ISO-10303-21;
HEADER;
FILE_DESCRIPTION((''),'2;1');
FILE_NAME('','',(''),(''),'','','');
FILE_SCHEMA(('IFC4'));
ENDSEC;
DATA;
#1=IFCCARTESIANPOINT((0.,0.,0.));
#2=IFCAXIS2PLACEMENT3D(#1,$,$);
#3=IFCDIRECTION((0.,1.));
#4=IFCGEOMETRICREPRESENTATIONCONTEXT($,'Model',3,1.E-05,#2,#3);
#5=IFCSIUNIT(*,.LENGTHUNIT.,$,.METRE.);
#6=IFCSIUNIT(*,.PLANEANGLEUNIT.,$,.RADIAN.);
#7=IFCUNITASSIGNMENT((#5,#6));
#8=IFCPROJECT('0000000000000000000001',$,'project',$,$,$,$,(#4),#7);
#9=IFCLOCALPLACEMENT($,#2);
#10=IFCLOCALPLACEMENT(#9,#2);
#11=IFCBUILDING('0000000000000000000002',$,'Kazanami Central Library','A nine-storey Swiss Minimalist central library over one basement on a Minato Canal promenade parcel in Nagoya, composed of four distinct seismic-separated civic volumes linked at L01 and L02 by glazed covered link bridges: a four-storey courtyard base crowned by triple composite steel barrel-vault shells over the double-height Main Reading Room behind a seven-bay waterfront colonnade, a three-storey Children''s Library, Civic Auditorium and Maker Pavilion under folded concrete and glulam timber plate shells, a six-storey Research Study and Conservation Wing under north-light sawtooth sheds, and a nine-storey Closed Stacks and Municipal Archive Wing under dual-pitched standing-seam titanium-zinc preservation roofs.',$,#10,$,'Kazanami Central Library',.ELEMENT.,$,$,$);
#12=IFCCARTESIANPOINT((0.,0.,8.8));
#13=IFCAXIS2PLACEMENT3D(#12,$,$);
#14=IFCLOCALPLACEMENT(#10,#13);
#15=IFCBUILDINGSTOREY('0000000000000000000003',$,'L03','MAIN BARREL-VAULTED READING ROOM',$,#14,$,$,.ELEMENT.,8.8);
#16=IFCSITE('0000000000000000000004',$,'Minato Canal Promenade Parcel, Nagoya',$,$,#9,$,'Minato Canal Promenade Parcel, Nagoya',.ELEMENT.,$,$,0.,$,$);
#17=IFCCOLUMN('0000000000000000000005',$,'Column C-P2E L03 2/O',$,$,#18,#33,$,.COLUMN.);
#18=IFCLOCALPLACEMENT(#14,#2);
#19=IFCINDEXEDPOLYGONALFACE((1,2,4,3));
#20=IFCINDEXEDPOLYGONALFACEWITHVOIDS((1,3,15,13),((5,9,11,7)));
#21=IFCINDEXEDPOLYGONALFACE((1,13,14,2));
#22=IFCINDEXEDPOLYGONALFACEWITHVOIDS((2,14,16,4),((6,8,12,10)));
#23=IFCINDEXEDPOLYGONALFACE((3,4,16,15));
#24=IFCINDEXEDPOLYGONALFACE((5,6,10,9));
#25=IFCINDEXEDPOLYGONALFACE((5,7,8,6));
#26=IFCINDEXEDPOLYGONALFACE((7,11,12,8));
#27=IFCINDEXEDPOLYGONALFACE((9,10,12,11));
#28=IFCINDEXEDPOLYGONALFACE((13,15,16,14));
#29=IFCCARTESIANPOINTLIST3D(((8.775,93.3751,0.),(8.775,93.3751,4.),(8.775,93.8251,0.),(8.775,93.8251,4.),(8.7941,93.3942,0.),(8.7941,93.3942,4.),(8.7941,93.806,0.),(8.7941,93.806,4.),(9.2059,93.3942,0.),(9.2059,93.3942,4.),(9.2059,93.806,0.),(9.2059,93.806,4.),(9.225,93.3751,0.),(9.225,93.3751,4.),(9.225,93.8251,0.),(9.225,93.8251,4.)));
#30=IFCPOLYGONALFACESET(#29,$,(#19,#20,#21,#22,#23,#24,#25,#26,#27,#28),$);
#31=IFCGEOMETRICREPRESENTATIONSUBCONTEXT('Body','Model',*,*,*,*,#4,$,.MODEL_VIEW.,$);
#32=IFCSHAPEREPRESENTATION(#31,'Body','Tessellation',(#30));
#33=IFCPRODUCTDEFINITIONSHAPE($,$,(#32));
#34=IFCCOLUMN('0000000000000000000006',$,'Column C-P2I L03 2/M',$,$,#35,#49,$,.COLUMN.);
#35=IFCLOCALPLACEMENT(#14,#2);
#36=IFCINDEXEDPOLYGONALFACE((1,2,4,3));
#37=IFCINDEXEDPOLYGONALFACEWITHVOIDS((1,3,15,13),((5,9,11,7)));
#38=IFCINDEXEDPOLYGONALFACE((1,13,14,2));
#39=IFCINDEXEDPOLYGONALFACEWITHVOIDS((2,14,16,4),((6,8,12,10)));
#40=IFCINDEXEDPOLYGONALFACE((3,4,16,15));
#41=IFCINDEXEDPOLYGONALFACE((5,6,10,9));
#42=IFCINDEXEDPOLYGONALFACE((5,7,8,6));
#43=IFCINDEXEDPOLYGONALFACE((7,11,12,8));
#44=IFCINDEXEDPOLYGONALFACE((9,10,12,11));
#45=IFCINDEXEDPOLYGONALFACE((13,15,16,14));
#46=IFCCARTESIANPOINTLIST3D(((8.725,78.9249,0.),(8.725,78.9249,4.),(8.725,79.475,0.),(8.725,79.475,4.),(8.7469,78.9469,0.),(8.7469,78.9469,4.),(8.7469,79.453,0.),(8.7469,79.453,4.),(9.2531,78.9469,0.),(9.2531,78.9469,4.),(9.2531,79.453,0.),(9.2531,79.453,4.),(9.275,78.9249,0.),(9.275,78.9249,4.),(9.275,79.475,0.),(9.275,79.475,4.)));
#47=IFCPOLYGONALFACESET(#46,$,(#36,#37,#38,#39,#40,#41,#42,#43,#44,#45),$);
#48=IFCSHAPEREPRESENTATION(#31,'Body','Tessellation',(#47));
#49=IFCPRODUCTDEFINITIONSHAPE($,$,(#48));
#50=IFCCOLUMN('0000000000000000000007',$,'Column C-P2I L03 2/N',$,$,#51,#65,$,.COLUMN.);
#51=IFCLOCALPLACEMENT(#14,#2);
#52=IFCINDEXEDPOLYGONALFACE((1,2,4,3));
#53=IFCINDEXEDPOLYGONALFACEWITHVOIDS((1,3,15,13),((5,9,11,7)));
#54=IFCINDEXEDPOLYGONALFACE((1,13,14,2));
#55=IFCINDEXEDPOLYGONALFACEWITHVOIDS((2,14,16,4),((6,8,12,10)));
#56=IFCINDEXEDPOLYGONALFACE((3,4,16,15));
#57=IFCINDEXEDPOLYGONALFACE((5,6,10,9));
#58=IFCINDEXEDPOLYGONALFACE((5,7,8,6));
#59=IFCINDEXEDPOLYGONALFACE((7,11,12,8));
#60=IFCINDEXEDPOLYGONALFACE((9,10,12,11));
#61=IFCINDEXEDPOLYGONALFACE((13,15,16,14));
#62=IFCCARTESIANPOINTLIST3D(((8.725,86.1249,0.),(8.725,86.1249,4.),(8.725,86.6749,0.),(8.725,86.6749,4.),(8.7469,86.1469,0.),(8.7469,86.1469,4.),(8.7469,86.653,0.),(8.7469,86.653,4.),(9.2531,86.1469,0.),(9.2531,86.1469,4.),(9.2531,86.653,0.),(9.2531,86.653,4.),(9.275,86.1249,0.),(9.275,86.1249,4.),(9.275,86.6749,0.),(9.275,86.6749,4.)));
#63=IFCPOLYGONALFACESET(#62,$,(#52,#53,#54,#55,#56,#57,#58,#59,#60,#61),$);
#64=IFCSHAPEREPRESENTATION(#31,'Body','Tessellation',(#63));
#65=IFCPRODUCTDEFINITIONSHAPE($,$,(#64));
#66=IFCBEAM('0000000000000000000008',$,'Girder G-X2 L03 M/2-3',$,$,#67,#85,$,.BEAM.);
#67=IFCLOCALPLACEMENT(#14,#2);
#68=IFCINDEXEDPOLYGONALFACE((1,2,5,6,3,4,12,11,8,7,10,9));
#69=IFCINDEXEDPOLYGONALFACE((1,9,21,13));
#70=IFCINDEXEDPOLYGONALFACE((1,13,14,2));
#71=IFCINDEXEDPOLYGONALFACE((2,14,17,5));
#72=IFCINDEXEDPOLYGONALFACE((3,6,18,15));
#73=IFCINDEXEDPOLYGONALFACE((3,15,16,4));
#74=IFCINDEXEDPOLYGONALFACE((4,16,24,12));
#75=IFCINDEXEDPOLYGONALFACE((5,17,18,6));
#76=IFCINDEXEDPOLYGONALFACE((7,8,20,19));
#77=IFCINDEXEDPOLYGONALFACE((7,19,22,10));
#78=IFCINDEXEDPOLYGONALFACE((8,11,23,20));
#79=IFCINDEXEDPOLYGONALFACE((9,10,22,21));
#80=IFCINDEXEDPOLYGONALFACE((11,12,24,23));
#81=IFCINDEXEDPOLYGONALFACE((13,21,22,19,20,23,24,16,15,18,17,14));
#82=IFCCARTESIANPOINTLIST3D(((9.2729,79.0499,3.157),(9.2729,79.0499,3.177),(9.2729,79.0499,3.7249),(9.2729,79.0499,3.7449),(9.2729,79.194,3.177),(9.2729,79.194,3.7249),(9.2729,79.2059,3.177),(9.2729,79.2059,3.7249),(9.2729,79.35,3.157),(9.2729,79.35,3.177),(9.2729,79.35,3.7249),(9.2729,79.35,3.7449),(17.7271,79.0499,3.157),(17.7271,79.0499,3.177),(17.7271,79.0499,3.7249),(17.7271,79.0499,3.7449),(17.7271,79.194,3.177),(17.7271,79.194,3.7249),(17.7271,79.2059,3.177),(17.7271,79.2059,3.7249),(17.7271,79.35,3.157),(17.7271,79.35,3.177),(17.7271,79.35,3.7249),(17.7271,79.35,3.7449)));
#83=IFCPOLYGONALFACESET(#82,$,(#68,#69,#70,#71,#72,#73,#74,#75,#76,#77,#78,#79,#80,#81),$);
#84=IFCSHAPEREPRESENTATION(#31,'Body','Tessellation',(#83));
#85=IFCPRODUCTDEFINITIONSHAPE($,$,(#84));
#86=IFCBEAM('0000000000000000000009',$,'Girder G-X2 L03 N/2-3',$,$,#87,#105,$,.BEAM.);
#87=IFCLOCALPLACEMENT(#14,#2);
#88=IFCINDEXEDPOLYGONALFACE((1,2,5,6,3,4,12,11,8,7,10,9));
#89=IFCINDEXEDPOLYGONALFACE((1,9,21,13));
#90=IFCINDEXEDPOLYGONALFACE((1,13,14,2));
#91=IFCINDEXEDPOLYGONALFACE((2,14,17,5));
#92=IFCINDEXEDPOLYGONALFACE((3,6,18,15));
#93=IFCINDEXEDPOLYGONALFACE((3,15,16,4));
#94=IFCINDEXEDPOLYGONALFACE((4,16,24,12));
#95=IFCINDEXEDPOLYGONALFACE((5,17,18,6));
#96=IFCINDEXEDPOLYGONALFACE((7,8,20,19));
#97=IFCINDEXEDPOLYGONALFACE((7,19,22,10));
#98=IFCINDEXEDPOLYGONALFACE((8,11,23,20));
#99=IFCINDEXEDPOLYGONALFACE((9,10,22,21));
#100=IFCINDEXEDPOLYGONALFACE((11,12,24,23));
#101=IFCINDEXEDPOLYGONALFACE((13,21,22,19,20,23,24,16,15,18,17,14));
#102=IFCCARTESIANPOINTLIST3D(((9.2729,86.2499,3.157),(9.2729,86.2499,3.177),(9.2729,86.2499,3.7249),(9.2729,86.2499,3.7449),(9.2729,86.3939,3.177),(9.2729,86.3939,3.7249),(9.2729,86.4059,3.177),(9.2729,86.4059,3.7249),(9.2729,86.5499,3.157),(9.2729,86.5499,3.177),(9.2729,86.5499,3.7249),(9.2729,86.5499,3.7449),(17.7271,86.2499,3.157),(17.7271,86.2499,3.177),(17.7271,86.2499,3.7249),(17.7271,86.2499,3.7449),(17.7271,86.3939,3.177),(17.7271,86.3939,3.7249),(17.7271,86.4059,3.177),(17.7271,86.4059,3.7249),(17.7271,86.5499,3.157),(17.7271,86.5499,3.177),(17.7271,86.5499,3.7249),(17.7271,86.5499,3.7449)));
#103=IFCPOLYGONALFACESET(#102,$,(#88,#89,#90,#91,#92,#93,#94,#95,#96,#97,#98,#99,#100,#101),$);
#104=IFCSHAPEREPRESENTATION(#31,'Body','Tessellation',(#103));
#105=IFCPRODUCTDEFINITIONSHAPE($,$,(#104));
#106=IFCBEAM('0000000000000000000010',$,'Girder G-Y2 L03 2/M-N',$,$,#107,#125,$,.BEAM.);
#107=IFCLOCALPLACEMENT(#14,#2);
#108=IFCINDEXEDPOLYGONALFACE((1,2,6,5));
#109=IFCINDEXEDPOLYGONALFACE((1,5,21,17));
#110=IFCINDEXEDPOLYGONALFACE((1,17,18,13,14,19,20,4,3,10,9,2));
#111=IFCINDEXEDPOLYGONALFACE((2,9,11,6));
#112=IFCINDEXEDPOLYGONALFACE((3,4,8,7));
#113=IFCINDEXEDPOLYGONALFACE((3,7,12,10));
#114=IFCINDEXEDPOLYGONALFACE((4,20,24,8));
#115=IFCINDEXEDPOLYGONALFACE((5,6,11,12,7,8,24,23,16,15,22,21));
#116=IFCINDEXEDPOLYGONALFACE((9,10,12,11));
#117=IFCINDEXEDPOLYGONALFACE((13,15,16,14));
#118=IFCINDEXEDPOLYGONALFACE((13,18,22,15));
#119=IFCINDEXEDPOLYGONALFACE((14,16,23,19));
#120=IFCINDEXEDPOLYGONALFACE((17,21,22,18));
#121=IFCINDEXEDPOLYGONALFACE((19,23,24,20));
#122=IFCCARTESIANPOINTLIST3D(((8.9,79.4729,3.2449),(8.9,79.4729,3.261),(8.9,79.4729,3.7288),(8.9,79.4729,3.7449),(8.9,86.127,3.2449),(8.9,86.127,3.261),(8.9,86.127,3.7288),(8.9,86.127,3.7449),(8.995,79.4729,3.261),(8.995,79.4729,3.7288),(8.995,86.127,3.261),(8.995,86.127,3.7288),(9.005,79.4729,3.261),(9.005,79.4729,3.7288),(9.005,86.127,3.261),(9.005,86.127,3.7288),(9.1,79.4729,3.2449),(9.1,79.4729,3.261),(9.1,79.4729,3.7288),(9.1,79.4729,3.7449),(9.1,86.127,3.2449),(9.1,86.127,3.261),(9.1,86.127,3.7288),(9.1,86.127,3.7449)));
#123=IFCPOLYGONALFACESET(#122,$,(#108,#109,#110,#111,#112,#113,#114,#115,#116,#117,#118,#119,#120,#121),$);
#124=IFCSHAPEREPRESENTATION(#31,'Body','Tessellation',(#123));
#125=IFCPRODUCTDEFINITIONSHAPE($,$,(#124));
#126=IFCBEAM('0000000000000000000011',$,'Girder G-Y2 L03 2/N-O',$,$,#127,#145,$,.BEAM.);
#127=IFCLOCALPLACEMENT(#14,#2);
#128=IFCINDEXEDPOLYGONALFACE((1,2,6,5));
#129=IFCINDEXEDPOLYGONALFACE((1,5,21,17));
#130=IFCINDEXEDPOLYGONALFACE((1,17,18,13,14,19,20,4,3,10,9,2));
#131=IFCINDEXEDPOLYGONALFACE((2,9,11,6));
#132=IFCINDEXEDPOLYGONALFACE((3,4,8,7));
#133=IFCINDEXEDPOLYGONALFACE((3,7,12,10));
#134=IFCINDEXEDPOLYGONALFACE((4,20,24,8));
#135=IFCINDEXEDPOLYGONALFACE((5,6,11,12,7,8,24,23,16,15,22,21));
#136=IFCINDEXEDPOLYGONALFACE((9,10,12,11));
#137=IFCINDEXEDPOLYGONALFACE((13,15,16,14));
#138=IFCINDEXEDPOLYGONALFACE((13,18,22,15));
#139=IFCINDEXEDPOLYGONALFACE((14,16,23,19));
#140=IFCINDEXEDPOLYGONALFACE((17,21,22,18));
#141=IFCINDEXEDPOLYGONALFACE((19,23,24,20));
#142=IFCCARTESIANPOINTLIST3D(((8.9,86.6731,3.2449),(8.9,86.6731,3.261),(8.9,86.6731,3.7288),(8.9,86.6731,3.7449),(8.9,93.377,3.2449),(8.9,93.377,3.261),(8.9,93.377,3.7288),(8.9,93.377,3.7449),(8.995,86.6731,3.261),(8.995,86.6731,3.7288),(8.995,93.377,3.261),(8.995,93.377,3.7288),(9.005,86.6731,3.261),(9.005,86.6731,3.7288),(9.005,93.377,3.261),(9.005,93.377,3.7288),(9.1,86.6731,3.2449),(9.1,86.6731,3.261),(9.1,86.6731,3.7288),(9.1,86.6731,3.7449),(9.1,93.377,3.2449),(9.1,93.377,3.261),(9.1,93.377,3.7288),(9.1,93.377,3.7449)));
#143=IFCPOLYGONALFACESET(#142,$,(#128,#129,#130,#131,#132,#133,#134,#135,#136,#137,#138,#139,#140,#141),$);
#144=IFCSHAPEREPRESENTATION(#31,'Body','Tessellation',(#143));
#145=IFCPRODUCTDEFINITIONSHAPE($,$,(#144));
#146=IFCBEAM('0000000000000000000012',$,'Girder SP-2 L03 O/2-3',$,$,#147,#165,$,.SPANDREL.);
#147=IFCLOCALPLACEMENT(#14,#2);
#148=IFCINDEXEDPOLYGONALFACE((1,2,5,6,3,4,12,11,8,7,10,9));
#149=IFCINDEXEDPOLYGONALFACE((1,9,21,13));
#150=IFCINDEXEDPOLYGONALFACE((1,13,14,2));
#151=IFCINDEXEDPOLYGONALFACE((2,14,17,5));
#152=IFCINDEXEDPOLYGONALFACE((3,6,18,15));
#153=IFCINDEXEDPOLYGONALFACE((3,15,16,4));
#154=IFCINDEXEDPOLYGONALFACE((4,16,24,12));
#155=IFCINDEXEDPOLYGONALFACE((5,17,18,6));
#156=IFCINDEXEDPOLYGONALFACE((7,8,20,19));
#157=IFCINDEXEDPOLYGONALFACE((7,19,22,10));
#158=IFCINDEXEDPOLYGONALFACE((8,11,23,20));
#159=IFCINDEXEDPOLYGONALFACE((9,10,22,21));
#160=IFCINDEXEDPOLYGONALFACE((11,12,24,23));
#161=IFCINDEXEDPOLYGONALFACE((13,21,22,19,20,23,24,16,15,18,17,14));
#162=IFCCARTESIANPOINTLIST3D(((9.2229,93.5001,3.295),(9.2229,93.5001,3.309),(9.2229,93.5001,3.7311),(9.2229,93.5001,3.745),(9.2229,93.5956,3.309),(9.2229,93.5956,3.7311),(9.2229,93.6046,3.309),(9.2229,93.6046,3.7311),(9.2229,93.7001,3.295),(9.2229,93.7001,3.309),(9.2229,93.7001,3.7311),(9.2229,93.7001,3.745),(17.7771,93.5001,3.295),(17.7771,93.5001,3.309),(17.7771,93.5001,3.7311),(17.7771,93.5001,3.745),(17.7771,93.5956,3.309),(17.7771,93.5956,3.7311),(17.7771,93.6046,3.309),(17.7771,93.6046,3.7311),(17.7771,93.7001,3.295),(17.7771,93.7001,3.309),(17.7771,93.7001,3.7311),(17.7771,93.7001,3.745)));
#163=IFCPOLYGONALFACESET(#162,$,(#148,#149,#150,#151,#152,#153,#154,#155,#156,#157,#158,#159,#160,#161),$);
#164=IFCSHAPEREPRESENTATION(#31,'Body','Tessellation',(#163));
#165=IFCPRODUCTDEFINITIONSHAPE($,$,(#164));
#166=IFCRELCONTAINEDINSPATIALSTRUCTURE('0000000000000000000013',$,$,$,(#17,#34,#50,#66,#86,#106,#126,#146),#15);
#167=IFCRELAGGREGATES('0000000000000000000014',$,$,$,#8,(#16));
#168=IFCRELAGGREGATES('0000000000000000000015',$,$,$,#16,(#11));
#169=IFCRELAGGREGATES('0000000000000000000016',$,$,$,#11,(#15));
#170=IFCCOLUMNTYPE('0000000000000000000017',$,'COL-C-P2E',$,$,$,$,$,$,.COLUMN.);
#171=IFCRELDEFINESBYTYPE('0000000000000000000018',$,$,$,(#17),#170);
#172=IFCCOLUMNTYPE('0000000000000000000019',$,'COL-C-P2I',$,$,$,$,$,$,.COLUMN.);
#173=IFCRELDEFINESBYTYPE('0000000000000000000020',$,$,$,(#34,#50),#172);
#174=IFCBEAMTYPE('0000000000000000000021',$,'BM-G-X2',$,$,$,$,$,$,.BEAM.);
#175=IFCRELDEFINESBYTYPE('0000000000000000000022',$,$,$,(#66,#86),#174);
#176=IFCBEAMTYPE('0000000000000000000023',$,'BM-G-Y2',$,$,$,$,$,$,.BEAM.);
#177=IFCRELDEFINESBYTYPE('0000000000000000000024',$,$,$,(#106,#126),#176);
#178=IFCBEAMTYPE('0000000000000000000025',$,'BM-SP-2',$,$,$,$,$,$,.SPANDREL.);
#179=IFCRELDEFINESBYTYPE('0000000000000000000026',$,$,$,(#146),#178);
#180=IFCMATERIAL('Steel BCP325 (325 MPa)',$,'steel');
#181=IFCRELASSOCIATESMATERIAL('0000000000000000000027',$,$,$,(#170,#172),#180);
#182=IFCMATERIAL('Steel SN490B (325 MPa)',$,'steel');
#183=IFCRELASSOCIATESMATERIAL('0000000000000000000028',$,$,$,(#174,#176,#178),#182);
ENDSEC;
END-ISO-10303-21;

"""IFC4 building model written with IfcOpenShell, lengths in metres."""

from ifc_helpers import new_model, si_unit, direction, frame, origin, origin_2d, place, context, subcontext, project, spatial, hollow_rectangle, i_section, extrude, material, material_profile, profile_set, type_object, element, save


model = new_model("IFC4")

# Units and contexts
model_context = context("Model", 3, precision=1e-05, world=origin(), true_north=direction((0.0, 1.0)))
body_context = subcontext(model_context, "Body", "Model", "MODEL_VIEW")
ifc_project = project(units=[si_unit("LENGTHUNIT", "METRE"), si_unit("PLANEANGLEUNIT", "RADIAN")], contexts=[model_context])

# Site, building, storey
site_placement = place(None, origin())
site = spatial("IfcSite", under=ifc_project, at=site_placement, Name="Minato Canal Promenade Parcel, Nagoya", LongName="Minato Canal Promenade Parcel, Nagoya", CompositionType="ELEMENT", RefElevation=0.0)
building_placement = place(site_placement, origin())
building = spatial("IfcBuilding", under=site, at=building_placement, Name="Kazanami Central Library", Description="A nine-storey Swiss Minimalist central library over one basement on a Minato Canal promenade parcel in Nagoya, composed of four distinct seismic-separated civic volumes linked at L01 and L02 by glazed covered link bridges: a four-storey courtyard base crowned by triple composite steel barrel-vault shells over the double-height Main Reading Room behind a seven-bay waterfront colonnade, a three-storey Children's Library, Civic Auditorium and Maker Pavilion under folded concrete and glulam timber plate shells, a six-storey Research Study and Conservation Wing under north-light sawtooth sheds, and a nine-storey Closed Stacks and Municipal Archive Wing under dual-pitched standing-seam titanium-zinc preservation roofs.", LongName="Kazanami Central Library", CompositionType="ELEMENT")
storey_placement = place(building_placement, frame((0.0, 0.0, 8.8)))
storey = spatial("IfcBuildingStorey", under=building, at=storey_placement, Name="L03", Description="MAIN BARREL-VAULTED READING ROOM", CompositionType="ELEMENT", Elevation=8.8)

# Columns
ifc_material_1 = material(Name="Steel BCP325 (325 MPa)", Category="steel")
ifc_material_profile_1 = material_profile(ifc_material_1, hollow_rectangle(XDim=0.45, YDim=0.45, WallThickness=0.019, at=origin_2d()), Name="BCP-450x450x19")
ifc_profile_set_1 = profile_set([ifc_material_profile_1], Name="Steel BCP325 (325 MPa)")
column_type_1 = type_object("IfcColumnType", Name="COL-C-P2E", PredefinedType="COLUMN", material=ifc_profile_set_1)
column_placement = place(storey_placement, frame((9.0, 93.6001, 0.0), z_axis=(0.0, 0.0, 1.0), x_axis=(1.0, 0.0, 0.0)))
element("IfcColumn", 1, at=column_placement, inside=storey, type_object=column_type_1, Name="Column C-P2E L03 2/O", PredefinedType="COLUMN", context=body_context, shape_type="SweptSolid", body=[
    extrude(hollow_rectangle(XDim=0.45, YDim=0.45, WallThickness=0.019, at=origin_2d()), origin(), (0.0, 0.0, 1.0), 4.0),
])
ifc_material_profile_2 = material_profile(ifc_material_1, hollow_rectangle(XDim=0.55, YDim=0.55, WallThickness=0.022, at=origin_2d()), Name="BCP-550x550x22")
ifc_profile_set_2 = profile_set([ifc_material_profile_2], Name="Steel BCP325 (325 MPa)")
column_type_2 = type_object("IfcColumnType", Name="COL-C-P2I", PredefinedType="COLUMN", material=ifc_profile_set_2)
for number, where, z_axis, x_axis, name in (
    (2, (9.0, 79.2, 0.0), (0.0, 0.0, 1.0), (1.0, 0.0, 0.0), "Column C-P2I L03 2/M"),
    (3, (9.0, 86.3999, 0.0), (0.0, 0.0, 1.0), (1.0, 0.0, 0.0), "Column C-P2I L03 2/N"),
):
    element("IfcColumn", number, at=place(storey_placement, frame(where, z_axis=z_axis, x_axis=x_axis)), inside=storey, type_object=column_type_2, Name=name, PredefinedType="COLUMN", context=body_context, shape_type="SweptSolid", body=[
        extrude(hollow_rectangle(XDim=0.55, YDim=0.55, WallThickness=0.022, at=origin_2d()), origin(), (0.0, 0.0, 1.0), 4.0),
    ])

# Beams
ifc_material_2 = material(Name="Steel SN490B (325 MPa)", Category="steel")
ifc_material_profile_3 = material_profile(ifc_material_2, i_section(OverallWidth=0.3, OverallDepth=0.5879, WebThickness=0.012, FlangeThickness=0.02, at=origin_2d()), Name="H-588x300x12x20")
ifc_profile_set_3 = profile_set([ifc_material_profile_3], Name="Steel SN490B (325 MPa)")
beam_type_1 = type_object("IfcBeamType", Name="BM-G-X2", PredefinedType="BEAM", material=ifc_profile_set_3)
for number, where, z_axis, x_axis, name in (
    (4, (9.2729, 79.2, 3.4509), (1.0, 0.0, 0.0), (0.0, 1.0, 0.0), "Girder G-X2 L03 M/2-3"),
    (5, (9.2729, 86.3999, 3.4509), (1.0, 0.0, 0.0), (0.0, 1.0, 0.0), "Girder G-X2 L03 N/2-3"),
):
    element("IfcBeam", number, at=place(storey_placement, frame(where, z_axis=z_axis, x_axis=x_axis)), inside=storey, type_object=beam_type_1, Name=name, PredefinedType="BEAM", context=body_context, shape_type="SweptSolid", body=[
        extrude(i_section(OverallWidth=0.3, OverallDepth=0.5879, WebThickness=0.012, FlangeThickness=0.02, at=origin_2d()), origin(), (0.0, 0.0, 1.0), 8.4541),
    ])
ifc_material_profile_4 = material_profile(ifc_material_2, i_section(OverallWidth=0.2, OverallDepth=0.5, WebThickness=0.01, FlangeThickness=0.0161, at=origin_2d()), Name="H-500x200x10x16")
ifc_profile_set_4 = profile_set([ifc_material_profile_4], Name="Steel SN490B (325 MPa)")
beam_type_2 = type_object("IfcBeamType", Name="BM-G-Y2", PredefinedType="BEAM", material=ifc_profile_set_4)
beam_1_placement = place(storey_placement, frame((9.0, 79.4729, 3.4949), z_axis=(0.0, 1.0, 0.0), x_axis=(-1.0, 0.0, 0.0)))
element("IfcBeam", 6, at=beam_1_placement, inside=storey, type_object=beam_type_2, Name="Girder G-Y2 L03 2/M-N", PredefinedType="BEAM", context=body_context, shape_type="SweptSolid", body=[
    extrude(i_section(OverallWidth=0.2, OverallDepth=0.5, WebThickness=0.01, FlangeThickness=0.0161, at=origin_2d()), origin(), (0.0, 0.0, 1.0), 6.6541),
])
beam_2_placement = place(storey_placement, frame((9.0, 86.6731, 3.4949), z_axis=(0.0, 1.0, 0.0), x_axis=(-1.0, 0.0, 0.0)))
element("IfcBeam", 7, at=beam_2_placement, inside=storey, type_object=beam_type_2, Name="Girder G-Y2 L03 2/N-O", PredefinedType="BEAM", context=body_context, shape_type="SweptSolid", body=[
    extrude(i_section(OverallWidth=0.2, OverallDepth=0.5, WebThickness=0.01, FlangeThickness=0.0161, at=origin_2d()), origin(), (0.0, 0.0, 1.0), 6.7039),
])
ifc_material_profile_5 = material_profile(ifc_material_2, i_section(OverallWidth=0.2, OverallDepth=0.45, WebThickness=0.009, FlangeThickness=0.0139, at=origin_2d()), Name="H-450x200x9x14")
ifc_profile_set_5 = profile_set([ifc_material_profile_5], Name="Steel SN490B (325 MPa)")
beam_type_3 = type_object("IfcBeamType", Name="BM-SP-2", PredefinedType="SPANDREL", material=ifc_profile_set_5)
beam_3_placement = place(storey_placement, frame((9.2229, 93.6001, 3.52), z_axis=(1.0, 0.0, 0.0), x_axis=(0.0, 1.0, 0.0)))
element("IfcBeam", 8, at=beam_3_placement, inside=storey, type_object=beam_type_3, Name="Girder SP-2 L03 O/2-3", PredefinedType="SPANDREL", context=body_context, shape_type="SweptSolid", body=[
    extrude(i_section(OverallWidth=0.2, OverallDepth=0.45, WebThickness=0.009, FlangeThickness=0.0139, at=origin_2d()), origin(), (0.0, 0.0, 1.0), 8.5542),
])

save(model, "model.ifc")
